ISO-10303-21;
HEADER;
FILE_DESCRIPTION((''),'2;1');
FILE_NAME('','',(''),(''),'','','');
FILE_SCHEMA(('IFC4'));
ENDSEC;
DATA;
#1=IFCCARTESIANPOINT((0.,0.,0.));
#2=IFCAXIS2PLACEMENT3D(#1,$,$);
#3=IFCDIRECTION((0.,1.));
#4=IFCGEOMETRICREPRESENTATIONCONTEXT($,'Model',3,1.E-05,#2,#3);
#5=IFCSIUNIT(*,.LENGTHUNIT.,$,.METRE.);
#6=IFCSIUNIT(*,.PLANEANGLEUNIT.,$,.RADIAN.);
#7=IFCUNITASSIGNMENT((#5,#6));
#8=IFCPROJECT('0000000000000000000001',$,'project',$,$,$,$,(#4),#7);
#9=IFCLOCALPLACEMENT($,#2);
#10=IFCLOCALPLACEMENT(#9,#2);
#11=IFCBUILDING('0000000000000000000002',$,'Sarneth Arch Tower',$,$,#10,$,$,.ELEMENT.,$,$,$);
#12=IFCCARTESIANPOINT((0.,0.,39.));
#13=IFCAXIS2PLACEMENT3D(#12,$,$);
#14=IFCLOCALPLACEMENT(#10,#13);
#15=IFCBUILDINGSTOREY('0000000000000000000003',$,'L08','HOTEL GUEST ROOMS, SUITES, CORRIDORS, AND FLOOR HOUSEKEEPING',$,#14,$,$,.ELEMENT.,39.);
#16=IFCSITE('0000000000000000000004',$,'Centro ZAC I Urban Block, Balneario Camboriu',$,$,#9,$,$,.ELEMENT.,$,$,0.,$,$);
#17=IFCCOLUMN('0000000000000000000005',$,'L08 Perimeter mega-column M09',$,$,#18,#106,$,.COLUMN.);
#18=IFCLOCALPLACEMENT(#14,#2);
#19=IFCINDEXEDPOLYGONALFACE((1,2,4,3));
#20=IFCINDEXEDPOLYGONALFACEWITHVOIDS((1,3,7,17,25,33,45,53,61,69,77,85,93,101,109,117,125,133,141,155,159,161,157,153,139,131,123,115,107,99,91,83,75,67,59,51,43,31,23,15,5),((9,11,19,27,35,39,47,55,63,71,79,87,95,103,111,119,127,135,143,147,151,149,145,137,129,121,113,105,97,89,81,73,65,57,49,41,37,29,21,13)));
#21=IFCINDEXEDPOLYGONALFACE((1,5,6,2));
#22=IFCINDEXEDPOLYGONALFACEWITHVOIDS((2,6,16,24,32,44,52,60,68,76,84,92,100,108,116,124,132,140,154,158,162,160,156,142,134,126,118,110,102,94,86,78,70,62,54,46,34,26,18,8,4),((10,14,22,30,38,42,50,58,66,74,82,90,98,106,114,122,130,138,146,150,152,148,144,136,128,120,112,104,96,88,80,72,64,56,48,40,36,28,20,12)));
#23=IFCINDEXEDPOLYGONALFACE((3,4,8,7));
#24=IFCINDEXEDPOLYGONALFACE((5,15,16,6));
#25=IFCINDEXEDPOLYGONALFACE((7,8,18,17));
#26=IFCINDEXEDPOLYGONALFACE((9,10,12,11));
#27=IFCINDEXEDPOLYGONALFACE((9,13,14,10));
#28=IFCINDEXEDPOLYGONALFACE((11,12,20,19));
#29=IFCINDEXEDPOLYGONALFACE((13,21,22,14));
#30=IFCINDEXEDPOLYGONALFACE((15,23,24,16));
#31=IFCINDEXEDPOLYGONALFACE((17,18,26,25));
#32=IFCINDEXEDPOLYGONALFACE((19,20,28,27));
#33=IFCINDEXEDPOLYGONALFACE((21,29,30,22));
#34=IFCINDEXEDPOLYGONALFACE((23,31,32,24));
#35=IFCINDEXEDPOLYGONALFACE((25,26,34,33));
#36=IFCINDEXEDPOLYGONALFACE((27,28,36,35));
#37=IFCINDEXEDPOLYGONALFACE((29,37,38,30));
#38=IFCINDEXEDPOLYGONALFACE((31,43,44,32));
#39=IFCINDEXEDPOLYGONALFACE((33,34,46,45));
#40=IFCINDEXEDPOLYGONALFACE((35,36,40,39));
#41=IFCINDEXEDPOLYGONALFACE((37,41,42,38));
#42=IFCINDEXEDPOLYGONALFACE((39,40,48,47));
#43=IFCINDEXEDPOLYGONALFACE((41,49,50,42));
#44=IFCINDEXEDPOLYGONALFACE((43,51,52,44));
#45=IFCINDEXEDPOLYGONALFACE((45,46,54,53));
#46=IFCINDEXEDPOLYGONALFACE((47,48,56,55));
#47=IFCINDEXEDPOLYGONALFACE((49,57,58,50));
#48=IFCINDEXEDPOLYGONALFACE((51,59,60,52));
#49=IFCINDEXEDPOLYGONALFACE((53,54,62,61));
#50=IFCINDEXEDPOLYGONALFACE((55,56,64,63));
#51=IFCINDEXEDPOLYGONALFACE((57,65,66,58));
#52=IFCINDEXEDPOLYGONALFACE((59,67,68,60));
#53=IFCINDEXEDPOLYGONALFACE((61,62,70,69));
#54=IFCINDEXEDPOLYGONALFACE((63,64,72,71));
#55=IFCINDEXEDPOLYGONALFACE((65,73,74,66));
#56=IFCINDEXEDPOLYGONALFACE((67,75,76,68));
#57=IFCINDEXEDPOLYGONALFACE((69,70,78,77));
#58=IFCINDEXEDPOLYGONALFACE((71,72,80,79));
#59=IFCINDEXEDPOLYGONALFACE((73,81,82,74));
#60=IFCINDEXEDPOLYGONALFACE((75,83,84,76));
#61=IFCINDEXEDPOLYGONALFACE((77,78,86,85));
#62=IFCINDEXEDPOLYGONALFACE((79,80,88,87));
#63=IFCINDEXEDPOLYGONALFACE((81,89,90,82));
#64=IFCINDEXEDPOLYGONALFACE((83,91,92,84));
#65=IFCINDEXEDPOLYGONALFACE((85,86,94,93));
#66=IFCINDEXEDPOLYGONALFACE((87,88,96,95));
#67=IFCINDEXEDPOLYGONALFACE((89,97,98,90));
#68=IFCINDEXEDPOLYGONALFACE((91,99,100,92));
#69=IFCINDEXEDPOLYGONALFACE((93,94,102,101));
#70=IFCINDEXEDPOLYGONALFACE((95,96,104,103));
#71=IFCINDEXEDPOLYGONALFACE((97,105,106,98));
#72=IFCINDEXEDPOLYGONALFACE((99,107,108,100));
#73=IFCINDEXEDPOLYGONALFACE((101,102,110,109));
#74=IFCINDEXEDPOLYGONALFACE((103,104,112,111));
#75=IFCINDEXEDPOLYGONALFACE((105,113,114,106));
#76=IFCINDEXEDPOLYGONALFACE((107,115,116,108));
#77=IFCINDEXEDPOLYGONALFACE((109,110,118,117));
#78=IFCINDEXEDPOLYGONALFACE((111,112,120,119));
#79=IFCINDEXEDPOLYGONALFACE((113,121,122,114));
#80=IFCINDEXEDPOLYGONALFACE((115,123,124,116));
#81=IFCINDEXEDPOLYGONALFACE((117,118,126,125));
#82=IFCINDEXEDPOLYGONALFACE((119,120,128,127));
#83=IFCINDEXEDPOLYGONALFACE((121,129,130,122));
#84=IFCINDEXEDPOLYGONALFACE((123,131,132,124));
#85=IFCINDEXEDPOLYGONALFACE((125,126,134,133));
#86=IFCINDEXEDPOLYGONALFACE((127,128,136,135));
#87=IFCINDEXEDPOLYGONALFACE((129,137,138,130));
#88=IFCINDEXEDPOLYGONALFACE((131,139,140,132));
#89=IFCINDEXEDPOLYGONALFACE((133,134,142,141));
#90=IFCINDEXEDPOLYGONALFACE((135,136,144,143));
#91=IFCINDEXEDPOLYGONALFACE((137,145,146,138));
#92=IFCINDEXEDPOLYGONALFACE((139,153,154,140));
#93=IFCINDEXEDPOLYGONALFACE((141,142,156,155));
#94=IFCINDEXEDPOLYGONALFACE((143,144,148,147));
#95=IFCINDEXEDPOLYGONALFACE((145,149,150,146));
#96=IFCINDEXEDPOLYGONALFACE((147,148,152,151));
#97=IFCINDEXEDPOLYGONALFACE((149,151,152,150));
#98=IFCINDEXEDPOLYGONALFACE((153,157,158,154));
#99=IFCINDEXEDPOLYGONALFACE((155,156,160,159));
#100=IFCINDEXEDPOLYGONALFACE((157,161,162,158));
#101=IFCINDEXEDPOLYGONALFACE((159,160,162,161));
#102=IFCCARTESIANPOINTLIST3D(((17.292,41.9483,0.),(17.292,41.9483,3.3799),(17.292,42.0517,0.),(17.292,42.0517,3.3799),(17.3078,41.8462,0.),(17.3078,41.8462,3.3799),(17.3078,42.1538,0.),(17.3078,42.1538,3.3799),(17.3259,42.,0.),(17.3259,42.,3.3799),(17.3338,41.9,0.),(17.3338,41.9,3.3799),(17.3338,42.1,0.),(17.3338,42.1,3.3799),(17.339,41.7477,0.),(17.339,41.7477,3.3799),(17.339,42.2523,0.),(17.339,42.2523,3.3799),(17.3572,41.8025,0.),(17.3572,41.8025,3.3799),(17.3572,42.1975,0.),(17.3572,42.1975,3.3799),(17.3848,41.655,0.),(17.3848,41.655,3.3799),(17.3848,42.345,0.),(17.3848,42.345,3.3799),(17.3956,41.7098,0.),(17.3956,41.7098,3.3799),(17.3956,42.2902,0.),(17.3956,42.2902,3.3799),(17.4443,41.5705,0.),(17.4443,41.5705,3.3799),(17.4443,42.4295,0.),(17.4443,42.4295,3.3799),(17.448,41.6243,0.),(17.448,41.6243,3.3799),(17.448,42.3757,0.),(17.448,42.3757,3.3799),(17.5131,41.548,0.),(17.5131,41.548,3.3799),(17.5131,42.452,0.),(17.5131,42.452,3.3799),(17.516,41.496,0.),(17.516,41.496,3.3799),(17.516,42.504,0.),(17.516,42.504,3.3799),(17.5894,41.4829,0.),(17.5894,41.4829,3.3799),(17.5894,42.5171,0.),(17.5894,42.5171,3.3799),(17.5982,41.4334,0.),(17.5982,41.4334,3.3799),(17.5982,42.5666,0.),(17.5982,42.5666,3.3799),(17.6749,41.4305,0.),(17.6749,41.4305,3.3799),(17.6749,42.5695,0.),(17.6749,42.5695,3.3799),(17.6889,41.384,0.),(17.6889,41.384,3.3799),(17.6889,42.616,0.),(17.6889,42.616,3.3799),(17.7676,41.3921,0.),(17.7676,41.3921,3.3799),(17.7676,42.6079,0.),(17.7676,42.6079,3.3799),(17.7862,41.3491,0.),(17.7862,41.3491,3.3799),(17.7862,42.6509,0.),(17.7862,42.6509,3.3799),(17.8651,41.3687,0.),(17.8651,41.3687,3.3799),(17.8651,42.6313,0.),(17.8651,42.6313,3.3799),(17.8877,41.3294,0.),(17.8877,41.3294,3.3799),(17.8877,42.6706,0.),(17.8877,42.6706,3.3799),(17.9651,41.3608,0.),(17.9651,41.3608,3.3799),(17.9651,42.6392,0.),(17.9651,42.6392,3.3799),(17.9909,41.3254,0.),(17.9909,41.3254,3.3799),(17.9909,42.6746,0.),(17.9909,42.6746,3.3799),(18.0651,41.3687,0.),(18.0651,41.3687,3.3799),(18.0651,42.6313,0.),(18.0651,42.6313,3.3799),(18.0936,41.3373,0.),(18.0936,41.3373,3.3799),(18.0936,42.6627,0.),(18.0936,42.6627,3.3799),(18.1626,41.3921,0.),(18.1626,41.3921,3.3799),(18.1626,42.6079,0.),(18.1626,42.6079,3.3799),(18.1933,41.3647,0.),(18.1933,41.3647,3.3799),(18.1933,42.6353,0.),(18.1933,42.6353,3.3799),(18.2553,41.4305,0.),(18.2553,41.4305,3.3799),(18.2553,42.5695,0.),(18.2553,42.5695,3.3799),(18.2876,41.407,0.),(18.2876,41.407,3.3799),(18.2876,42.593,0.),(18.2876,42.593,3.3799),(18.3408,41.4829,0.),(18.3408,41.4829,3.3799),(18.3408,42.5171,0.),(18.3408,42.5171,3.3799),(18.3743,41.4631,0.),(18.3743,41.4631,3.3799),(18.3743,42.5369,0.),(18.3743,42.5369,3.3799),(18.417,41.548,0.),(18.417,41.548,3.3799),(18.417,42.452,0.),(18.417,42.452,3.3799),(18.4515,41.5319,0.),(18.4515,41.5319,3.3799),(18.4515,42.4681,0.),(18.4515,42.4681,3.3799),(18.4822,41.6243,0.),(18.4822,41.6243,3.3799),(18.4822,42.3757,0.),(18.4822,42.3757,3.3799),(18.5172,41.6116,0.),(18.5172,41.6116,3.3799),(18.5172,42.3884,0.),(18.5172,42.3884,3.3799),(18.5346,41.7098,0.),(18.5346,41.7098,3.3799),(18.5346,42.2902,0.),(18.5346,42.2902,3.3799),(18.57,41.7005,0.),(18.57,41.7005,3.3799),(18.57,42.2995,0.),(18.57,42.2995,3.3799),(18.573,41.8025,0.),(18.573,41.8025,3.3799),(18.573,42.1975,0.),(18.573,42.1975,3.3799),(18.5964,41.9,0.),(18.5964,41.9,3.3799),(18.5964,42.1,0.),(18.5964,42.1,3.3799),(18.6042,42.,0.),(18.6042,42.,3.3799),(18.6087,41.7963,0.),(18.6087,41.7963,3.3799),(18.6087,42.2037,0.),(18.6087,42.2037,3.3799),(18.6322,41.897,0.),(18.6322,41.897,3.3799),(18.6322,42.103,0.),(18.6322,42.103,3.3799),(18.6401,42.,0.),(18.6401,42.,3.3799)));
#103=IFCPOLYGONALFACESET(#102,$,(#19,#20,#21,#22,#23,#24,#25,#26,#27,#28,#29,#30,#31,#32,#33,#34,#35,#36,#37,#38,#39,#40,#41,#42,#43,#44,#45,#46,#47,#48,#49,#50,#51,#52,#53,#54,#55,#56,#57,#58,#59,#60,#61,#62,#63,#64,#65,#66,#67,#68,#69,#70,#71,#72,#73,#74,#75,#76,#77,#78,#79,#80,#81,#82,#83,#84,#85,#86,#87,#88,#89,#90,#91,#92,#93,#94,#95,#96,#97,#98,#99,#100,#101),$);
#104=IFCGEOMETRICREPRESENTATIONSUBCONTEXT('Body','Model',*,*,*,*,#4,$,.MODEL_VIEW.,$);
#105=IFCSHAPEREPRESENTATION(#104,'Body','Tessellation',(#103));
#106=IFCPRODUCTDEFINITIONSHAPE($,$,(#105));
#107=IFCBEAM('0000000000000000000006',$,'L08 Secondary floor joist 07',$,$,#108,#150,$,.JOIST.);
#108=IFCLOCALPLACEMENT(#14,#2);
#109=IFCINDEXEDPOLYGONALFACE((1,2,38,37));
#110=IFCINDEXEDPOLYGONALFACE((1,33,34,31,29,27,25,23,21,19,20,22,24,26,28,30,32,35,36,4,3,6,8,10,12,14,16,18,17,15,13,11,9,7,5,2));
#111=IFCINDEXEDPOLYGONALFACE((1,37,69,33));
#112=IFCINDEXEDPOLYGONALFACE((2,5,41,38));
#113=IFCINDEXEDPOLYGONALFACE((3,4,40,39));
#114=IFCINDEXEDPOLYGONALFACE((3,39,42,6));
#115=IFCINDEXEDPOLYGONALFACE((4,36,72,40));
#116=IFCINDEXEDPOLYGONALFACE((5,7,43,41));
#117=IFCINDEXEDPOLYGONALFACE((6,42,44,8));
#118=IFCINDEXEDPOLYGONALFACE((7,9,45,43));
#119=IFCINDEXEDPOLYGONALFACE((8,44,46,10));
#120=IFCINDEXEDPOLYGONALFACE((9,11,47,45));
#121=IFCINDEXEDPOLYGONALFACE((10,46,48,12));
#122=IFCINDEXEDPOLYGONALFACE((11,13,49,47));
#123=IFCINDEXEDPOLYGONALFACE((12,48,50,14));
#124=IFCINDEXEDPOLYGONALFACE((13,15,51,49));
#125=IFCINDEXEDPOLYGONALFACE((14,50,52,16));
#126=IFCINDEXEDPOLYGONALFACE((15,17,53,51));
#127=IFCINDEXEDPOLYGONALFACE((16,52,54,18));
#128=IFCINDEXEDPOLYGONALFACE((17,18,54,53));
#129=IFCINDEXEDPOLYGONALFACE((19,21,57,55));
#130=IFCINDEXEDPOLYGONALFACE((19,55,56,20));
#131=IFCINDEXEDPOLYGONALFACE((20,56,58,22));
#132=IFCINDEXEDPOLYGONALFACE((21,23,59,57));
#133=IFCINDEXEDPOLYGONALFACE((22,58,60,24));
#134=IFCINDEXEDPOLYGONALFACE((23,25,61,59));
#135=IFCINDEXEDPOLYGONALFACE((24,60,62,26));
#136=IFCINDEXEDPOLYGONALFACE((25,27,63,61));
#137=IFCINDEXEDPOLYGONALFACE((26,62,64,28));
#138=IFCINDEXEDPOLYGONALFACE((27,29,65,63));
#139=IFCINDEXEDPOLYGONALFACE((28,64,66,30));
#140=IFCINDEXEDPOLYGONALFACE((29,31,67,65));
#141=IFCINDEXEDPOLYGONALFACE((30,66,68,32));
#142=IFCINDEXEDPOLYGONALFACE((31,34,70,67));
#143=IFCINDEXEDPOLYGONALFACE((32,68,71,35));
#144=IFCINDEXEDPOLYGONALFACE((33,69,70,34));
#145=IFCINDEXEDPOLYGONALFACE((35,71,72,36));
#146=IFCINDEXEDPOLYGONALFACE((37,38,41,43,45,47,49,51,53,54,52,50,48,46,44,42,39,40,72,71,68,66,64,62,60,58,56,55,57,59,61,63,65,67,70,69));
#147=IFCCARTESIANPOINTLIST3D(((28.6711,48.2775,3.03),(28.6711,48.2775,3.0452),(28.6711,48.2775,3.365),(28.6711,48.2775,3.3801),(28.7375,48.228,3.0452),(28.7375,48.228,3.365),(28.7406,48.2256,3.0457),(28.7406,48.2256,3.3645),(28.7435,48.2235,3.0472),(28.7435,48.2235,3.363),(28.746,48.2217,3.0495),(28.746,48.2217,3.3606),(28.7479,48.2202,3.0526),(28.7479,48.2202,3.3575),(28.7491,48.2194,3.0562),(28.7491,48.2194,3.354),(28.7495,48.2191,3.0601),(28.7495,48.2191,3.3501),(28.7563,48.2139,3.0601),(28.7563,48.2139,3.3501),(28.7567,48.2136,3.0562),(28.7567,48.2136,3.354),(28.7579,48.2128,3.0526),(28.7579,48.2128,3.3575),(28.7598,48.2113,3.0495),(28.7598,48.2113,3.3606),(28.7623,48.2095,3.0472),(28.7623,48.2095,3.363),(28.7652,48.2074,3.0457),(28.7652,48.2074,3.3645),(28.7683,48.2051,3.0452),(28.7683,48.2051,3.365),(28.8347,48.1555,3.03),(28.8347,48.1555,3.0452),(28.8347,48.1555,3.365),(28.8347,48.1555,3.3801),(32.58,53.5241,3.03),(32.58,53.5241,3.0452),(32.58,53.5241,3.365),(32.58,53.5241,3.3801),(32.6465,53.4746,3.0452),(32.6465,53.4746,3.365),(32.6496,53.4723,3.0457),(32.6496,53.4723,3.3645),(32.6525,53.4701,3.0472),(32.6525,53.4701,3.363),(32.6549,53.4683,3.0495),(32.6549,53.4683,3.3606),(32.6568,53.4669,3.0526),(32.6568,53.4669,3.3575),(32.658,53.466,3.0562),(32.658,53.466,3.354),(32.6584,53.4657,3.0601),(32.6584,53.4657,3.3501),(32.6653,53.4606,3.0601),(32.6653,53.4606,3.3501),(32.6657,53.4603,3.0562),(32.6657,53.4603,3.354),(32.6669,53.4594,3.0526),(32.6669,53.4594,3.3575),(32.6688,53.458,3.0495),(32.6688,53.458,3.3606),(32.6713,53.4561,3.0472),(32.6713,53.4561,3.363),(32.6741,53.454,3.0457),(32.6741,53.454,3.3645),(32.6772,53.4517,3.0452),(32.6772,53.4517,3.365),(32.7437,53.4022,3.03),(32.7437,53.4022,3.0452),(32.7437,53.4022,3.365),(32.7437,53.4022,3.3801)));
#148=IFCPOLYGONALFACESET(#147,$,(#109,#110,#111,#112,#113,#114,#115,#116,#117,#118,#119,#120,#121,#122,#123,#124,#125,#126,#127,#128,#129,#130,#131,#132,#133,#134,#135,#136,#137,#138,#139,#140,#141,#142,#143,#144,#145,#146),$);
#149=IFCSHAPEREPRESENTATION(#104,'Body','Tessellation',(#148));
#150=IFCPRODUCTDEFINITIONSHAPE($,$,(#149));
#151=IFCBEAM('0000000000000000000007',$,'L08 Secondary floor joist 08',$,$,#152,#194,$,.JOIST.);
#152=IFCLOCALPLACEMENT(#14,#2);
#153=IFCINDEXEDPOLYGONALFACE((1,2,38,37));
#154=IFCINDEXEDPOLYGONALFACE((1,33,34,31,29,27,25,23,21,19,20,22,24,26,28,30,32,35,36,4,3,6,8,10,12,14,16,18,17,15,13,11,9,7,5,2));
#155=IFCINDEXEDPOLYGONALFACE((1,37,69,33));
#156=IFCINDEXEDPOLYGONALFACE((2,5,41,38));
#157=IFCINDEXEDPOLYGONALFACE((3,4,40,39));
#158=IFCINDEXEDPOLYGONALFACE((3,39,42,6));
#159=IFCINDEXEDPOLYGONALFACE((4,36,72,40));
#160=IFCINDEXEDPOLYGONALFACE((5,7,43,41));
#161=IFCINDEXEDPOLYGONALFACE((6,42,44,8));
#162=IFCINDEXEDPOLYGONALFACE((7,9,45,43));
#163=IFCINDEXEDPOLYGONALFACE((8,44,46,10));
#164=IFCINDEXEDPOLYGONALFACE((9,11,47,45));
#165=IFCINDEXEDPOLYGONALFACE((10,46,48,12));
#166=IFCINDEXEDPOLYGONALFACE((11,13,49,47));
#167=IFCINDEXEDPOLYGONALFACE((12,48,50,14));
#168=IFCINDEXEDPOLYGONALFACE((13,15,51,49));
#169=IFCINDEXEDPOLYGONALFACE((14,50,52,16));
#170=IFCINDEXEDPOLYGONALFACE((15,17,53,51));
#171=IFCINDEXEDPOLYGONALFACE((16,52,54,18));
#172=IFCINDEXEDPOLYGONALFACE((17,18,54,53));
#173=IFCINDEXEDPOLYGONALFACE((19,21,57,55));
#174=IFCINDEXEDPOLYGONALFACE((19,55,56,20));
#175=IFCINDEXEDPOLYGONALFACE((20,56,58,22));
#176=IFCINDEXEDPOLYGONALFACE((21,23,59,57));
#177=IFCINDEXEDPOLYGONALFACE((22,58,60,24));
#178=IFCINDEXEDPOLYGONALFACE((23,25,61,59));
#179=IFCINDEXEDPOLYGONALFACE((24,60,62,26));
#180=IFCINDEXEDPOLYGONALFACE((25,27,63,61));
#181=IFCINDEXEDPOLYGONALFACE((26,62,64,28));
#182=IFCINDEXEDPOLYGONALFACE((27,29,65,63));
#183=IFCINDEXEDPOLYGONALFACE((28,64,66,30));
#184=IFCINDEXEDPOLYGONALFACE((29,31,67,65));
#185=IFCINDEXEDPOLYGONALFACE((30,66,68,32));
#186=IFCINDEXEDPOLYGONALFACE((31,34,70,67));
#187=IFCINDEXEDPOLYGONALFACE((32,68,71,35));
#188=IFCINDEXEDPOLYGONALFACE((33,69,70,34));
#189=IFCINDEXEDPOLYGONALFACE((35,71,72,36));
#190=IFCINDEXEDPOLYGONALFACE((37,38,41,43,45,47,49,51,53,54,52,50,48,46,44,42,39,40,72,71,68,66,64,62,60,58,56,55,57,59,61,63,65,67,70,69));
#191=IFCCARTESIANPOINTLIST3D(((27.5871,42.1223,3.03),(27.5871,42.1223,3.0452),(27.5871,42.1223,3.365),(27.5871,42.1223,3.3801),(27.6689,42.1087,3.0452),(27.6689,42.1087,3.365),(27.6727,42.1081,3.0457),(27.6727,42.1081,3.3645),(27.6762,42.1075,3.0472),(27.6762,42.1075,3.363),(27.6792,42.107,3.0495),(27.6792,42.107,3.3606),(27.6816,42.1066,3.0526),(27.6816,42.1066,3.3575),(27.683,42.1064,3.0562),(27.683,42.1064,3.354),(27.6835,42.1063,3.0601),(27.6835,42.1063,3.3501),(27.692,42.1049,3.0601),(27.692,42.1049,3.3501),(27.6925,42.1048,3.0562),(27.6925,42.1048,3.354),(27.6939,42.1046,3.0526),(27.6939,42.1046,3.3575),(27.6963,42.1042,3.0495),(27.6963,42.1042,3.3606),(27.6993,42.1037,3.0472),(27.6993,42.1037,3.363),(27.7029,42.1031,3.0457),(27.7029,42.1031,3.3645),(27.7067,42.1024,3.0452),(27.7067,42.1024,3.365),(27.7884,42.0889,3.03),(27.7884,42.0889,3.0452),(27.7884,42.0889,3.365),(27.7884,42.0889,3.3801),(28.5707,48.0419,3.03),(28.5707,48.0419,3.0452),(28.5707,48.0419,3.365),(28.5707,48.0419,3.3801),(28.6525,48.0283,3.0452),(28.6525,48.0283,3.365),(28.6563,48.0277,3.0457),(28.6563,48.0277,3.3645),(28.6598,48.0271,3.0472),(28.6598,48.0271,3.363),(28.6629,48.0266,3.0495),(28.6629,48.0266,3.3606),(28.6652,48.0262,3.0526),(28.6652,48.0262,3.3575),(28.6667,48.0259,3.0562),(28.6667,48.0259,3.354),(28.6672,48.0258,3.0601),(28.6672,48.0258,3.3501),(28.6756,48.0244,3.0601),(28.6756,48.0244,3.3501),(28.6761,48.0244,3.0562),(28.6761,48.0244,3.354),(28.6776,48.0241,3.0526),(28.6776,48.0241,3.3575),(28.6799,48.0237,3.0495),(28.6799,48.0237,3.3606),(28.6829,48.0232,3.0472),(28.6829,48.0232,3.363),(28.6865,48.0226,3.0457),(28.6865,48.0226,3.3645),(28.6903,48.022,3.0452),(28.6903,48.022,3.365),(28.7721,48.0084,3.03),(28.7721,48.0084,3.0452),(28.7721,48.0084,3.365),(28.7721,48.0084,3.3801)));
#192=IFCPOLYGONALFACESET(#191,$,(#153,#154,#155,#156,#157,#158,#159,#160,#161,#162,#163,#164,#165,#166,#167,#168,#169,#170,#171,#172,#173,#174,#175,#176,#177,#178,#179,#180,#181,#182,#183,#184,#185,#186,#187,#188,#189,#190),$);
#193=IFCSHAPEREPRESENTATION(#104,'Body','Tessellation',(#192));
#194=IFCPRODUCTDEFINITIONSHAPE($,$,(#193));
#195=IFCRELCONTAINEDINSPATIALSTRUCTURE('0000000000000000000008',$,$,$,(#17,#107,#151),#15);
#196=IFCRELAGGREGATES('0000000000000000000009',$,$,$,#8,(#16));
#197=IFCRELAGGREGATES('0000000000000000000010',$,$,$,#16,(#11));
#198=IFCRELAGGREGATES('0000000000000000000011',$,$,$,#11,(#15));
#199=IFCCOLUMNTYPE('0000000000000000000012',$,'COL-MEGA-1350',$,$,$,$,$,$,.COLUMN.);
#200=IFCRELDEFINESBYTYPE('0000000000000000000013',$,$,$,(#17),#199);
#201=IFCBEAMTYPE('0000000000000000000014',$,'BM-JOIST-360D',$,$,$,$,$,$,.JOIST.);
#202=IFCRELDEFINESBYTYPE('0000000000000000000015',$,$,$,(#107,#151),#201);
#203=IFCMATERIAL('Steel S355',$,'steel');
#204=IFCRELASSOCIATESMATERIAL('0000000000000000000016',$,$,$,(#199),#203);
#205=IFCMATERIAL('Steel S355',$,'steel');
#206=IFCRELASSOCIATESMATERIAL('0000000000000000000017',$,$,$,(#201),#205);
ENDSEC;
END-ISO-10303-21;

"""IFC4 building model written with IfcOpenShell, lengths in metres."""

from ifc_helpers import new_model, si_unit, direction, frame, origin, origin_2d, place, context, subcontext, project, spatial, hollow_circle, i_section, extrude, material, material_profile, profile_set, type_object, element, save


model = new_model("IFC4")

# Units and contexts
model_context = context("Model", 3, precision=1e-05, world=origin(), true_north=direction((0.0, 1.0)))
body_context = subcontext(model_context, "Body", "Model", "MODEL_VIEW")
ifc_project = project(units=[si_unit("LENGTHUNIT", "METRE"), si_unit("PLANEANGLEUNIT", "RADIAN")], contexts=[model_context])

# Site, building, storey
site_placement = place(None, origin())
site = spatial("IfcSite", under=ifc_project, at=site_placement, Name="Centro ZAC I Urban Block, Balneario Camboriu", CompositionType="ELEMENT", RefElevation=0.0)
building_placement = place(site_placement, origin())
building = spatial("IfcBuilding", under=site, at=building_placement, Name="Sarneth Arch Tower", CompositionType="ELEMENT")
storey_placement = place(building_placement, frame((0.0, 0.0, 39.0)))
storey = spatial("IfcBuildingStorey", under=building, at=storey_placement, Name="L08", Description="HOTEL GUEST ROOMS, SUITES, CORRIDORS, AND FLOOR HOUSEKEEPING", CompositionType="ELEMENT", Elevation=39.0)

# Column
ifc_material_1 = material(Name="Steel S355", Category="steel")
ifc_material_profile_1 = material_profile(ifc_material_1, hollow_circle(Radius=0.675, WallThickness=0.0359, at=origin_2d()), Name="CHS1350x36")
ifc_profile_set_1 = profile_set([ifc_material_profile_1], Name="Steel S355")
column_type = type_object("IfcColumnType", Name="COL-MEGA-1350", PredefinedType="COLUMN", material=ifc_profile_set_1)
for number, where, z_axis, x_axis, name in (
    (1, (17.9651, 42.0, 0.0), (0.0, 0.0, 1.0), (1.0, 0.0, 0.0), "L08 Perimeter mega-column M09"),
):
    element("IfcColumn", number, at=place(storey_placement, frame(where, z_axis=z_axis, x_axis=x_axis)), inside=storey, type_object=column_type, Name=name, PredefinedType="COLUMN", context=body_context, shape_type="SweptSolid", body=[
        extrude(hollow_circle(Radius=0.675, WallThickness=0.0359, at=origin_2d()), origin(), (0.0, 0.0, 1.0), 3.3799),
    ])

# Beams
ifc_material_2 = material(Name="Steel S355", Category="steel")
ifc_material_profile_2 = material_profile(ifc_material_2, i_section(OverallWidth=0.2041, OverallDepth=0.3501, WebThickness=0.0085, FlangeThickness=0.0151, FilletRadius=0.0149, at=origin_2d()), Name="W360x72")
ifc_profile_set_2 = profile_set([ifc_material_profile_2], Name="Steel S355")
beam_type_1 = type_object("IfcBeamType", Name="BM-JOIST-360D", PredefinedType="JOIST", material=ifc_profile_set_2)
beam_1_placement = place(storey_placement, frame((32.6619, 53.4631, 3.2051), z_axis=(-0.597454, -0.801904, 0.0), x_axis=(0.801904, -0.597454, 0.0)))
element("IfcBeam", 2, at=beam_1_placement, inside=storey, type_object=beam_type_1, Name="L08 Secondary floor joist 07", PredefinedType="JOIST", context=body_context, shape_type="SweptSolid", body=[
    extrude(i_section(OverallWidth=0.2041, OverallDepth=0.3501, WebThickness=0.0085, FlangeThickness=0.0151, FilletRadius=0.0149, at=origin_2d()), origin(), (0.0, 0.0, 1.0), 6.5427),
])
for number, where, z_axis, x_axis, name in (
    (3, (28.6714, 48.0251, 3.2051), (-0.163917, -0.986474, 0.0), (0.986474, -0.163917, 0.0), "L08 Secondary floor joist 08"),
):
    element("IfcBeam", number, at=place(storey_placement, frame(where, z_axis=z_axis, x_axis=x_axis)), inside=storey, type_object=beam_type_1, Name=name, PredefinedType="JOIST", context=body_context, shape_type="SweptSolid", body=[
        extrude(i_section(OverallWidth=0.2041, OverallDepth=0.3501, WebThickness=0.0085, FlangeThickness=0.0151, FilletRadius=0.0149, at=origin_2d()), origin(), (0.0, 0.0, 1.0), 6.0007),
    ])

save(model, "model.ifc")
